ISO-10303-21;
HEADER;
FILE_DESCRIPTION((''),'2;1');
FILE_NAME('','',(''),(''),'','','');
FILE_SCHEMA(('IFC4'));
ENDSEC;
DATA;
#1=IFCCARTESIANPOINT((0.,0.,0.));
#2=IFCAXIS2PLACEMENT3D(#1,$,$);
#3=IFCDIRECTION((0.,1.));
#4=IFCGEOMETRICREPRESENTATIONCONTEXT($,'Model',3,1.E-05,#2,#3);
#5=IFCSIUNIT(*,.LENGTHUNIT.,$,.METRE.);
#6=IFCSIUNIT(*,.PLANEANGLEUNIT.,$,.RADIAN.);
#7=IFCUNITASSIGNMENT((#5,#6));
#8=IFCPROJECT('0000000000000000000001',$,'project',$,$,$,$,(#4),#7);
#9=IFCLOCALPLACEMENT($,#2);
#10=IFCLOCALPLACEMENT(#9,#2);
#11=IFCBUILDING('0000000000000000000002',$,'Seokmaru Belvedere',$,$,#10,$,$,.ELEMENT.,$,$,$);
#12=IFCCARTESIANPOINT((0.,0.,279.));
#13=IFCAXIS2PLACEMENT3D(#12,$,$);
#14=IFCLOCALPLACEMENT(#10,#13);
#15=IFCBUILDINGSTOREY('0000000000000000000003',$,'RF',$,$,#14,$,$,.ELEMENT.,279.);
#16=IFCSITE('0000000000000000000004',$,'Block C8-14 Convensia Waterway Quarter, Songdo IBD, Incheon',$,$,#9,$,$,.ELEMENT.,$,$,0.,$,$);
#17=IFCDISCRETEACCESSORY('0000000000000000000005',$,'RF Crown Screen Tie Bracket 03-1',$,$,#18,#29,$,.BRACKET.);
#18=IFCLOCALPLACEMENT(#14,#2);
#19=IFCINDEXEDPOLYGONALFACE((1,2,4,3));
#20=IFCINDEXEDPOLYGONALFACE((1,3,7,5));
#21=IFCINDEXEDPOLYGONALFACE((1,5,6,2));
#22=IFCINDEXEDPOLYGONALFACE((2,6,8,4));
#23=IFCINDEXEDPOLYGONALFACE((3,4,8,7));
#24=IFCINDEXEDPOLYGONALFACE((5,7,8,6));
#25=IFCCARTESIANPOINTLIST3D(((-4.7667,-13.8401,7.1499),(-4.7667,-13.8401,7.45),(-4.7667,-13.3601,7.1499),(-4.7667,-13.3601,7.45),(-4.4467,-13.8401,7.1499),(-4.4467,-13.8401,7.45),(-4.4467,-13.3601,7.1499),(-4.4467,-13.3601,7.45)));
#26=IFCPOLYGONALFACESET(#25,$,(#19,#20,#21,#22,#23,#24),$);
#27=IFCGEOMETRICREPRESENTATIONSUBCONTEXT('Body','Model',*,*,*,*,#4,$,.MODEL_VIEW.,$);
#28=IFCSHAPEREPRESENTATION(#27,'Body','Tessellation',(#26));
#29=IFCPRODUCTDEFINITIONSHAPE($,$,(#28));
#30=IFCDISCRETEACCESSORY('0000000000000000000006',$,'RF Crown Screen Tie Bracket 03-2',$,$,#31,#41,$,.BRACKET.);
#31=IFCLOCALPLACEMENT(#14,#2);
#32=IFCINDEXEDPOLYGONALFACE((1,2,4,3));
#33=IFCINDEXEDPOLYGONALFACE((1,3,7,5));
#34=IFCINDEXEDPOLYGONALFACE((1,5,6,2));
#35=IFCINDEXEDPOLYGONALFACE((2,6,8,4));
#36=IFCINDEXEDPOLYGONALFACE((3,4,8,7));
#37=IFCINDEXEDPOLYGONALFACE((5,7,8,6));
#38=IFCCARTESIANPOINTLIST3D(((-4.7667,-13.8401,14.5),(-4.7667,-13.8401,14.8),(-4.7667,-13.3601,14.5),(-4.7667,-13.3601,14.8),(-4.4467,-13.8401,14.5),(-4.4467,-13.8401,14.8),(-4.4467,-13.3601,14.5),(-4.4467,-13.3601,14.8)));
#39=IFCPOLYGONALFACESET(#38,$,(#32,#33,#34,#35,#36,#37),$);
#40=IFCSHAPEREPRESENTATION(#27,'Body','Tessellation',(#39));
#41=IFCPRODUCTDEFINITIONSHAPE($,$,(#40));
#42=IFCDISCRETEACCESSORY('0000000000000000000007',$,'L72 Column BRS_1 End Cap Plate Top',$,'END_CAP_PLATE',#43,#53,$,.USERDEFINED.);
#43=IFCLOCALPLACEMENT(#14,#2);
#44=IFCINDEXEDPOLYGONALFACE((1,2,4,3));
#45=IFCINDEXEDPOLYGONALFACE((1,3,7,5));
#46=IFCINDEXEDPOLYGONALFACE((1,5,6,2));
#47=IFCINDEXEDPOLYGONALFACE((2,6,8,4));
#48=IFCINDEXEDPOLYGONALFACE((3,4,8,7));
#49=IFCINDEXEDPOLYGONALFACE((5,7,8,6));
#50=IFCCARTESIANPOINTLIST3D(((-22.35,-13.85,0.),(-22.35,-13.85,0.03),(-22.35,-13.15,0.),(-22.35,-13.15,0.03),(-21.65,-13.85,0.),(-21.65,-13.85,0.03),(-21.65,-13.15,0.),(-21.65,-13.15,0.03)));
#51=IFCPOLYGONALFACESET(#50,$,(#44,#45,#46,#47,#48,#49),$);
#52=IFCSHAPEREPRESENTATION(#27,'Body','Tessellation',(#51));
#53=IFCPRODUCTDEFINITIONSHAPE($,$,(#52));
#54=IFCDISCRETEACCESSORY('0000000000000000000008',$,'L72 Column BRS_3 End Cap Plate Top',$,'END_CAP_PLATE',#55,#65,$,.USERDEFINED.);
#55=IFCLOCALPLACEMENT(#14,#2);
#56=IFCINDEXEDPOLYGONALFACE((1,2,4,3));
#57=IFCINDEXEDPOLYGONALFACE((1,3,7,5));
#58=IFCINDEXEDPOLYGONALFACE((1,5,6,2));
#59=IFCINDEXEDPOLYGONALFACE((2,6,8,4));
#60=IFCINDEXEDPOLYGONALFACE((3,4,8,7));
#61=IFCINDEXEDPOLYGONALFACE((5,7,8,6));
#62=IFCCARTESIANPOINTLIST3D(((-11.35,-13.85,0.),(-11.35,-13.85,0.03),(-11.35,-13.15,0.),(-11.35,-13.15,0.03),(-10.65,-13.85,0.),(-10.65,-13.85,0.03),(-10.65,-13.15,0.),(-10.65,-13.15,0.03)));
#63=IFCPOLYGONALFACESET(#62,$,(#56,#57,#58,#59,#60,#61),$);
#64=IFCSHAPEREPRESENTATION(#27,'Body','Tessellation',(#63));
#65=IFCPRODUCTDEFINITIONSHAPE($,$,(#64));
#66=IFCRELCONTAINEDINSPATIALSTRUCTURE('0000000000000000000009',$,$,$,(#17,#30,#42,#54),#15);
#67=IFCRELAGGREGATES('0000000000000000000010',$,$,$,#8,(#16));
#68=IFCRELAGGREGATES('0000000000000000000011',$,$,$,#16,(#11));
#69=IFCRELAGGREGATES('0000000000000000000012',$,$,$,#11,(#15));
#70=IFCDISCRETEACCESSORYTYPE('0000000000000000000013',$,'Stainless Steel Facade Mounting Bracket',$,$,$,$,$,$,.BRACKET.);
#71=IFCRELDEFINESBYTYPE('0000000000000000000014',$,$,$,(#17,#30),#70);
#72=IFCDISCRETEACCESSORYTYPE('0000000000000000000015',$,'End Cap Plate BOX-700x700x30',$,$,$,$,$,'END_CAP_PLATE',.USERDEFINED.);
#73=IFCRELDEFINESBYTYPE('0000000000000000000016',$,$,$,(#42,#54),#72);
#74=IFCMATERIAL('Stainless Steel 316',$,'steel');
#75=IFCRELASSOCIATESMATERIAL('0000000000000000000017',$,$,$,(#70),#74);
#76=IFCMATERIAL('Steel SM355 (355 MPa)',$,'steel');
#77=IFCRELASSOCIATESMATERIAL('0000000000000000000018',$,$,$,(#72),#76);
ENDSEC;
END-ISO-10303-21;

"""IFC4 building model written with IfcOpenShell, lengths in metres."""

from ifc_helpers import new_model, si_unit, direction, frame, origin, origin_2d, place, context, subcontext, project, spatial, rectangle, extrude, source, transform, mapped, material, type_object, type_shapes, element, save


model = new_model("IFC4")

# Units and contexts
model_context = context("Model", 3, precision=1e-05, world=origin(), true_north=direction((0.0, 1.0)))
body_context = subcontext(model_context, "Body", "Model", "MODEL_VIEW")
ifc_project = project(units=[si_unit("LENGTHUNIT", "METRE"), si_unit("PLANEANGLEUNIT", "RADIAN")], contexts=[model_context])

# Site, building, storey
site_placement = place(None, origin())
site = spatial("IfcSite", under=ifc_project, at=site_placement, Name="Block C8-14 Convensia Waterway Quarter, Songdo IBD, Incheon", CompositionType="ELEMENT", RefElevation=0.0)
building_placement = place(site_placement, origin())
building = spatial("IfcBuilding", under=site, at=building_placement, Name="Seokmaru Belvedere", CompositionType="ELEMENT")
storey_placement = place(building_placement, frame((0.0, 0.0, 279.0)))
storey = spatial("IfcBuildingStorey", under=building, at=storey_placement, Name="RF", CompositionType="ELEMENT", Elevation=279.0)

# Shared definitions
ifc_material_1 = material(Name="Steel SM355 (355 MPa)", Category="steel")

# Discrete accessories
ifc_material_2 = material(Name="Stainless Steel 316", Category="steel")
discrete_accessory_type_1 = type_object("IfcDiscreteAccessoryType", Name="Stainless Steel Facade Mounting Bracket", PredefinedType="BRACKET", material=ifc_material_2)
shared_shape_1 = source(origin(), body_context, "Body", "SweptSolid", [
    extrude(rectangle(XDim=0.3201, YDim=0.48, at=origin_2d()), origin(), (0.0, 0.0, 1.0), 0.3),
])
type_shapes(discrete_accessory_type_1, [shared_shape_1])
for number, where, z_axis, x_axis, name in (
    (1, (-4.6067, -13.6001, 7.1499), (0.0, 0.0, 1.0), (1.0, 0.0, 0.0), "RF Crown Screen Tie Bracket 03-1"),
    (2, (-4.6067, -13.6001, 14.5), (0.0, 0.0, 1.0), (1.0, 0.0, 0.0), "RF Crown Screen Tie Bracket 03-2"),
):
    element("IfcDiscreteAccessory", number, at=place(storey_placement, frame(where, z_axis=z_axis, x_axis=x_axis)), inside=storey, type_object=discrete_accessory_type_1, Name=name, PredefinedType="BRACKET", context=body_context, shape_type="MappedRepresentation", body=[
        mapped(shared_shape_1, transform((0.0, 0.0, 0.0), scale=1.0)),
    ])
discrete_accessory_type_2 = type_object("IfcDiscreteAccessoryType", Name="End Cap Plate BOX-700x700x30", ElementType="END_CAP_PLATE", PredefinedType="USERDEFINED", material=ifc_material_1)
shared_shape_2 = source(origin(), body_context, "Body", "SweptSolid", [
    extrude(rectangle(XDim=0.7, YDim=0.7, at=origin_2d()), origin(), (0.0, 0.0, 1.0), 0.03),
])
type_shapes(discrete_accessory_type_2, [shared_shape_2])
for number, where, z_axis, x_axis, name in (
    (3, (-22.0, -13.5, 0.0), (0.0, 0.0, 1.0), (1.0, 0.0, 0.0), "L72 Column BRS_1 End Cap Plate Top"),
    (4, (-11.0, -13.5, 0.0), (0.0, 0.0, 1.0), (1.0, 0.0, 0.0), "L72 Column BRS_3 End Cap Plate Top"),
):
    element("IfcDiscreteAccessory", number, at=place(storey_placement, frame(where, z_axis=z_axis, x_axis=x_axis)), inside=storey, type_object=discrete_accessory_type_2, Name=name, ObjectType="END_CAP_PLATE", PredefinedType="USERDEFINED", context=body_context, shape_type="MappedRepresentation", body=[
        mapped(shared_shape_2, transform((0.0, 0.0, 0.0), scale=1.0)),
    ])

save(model, "model.ifc")
